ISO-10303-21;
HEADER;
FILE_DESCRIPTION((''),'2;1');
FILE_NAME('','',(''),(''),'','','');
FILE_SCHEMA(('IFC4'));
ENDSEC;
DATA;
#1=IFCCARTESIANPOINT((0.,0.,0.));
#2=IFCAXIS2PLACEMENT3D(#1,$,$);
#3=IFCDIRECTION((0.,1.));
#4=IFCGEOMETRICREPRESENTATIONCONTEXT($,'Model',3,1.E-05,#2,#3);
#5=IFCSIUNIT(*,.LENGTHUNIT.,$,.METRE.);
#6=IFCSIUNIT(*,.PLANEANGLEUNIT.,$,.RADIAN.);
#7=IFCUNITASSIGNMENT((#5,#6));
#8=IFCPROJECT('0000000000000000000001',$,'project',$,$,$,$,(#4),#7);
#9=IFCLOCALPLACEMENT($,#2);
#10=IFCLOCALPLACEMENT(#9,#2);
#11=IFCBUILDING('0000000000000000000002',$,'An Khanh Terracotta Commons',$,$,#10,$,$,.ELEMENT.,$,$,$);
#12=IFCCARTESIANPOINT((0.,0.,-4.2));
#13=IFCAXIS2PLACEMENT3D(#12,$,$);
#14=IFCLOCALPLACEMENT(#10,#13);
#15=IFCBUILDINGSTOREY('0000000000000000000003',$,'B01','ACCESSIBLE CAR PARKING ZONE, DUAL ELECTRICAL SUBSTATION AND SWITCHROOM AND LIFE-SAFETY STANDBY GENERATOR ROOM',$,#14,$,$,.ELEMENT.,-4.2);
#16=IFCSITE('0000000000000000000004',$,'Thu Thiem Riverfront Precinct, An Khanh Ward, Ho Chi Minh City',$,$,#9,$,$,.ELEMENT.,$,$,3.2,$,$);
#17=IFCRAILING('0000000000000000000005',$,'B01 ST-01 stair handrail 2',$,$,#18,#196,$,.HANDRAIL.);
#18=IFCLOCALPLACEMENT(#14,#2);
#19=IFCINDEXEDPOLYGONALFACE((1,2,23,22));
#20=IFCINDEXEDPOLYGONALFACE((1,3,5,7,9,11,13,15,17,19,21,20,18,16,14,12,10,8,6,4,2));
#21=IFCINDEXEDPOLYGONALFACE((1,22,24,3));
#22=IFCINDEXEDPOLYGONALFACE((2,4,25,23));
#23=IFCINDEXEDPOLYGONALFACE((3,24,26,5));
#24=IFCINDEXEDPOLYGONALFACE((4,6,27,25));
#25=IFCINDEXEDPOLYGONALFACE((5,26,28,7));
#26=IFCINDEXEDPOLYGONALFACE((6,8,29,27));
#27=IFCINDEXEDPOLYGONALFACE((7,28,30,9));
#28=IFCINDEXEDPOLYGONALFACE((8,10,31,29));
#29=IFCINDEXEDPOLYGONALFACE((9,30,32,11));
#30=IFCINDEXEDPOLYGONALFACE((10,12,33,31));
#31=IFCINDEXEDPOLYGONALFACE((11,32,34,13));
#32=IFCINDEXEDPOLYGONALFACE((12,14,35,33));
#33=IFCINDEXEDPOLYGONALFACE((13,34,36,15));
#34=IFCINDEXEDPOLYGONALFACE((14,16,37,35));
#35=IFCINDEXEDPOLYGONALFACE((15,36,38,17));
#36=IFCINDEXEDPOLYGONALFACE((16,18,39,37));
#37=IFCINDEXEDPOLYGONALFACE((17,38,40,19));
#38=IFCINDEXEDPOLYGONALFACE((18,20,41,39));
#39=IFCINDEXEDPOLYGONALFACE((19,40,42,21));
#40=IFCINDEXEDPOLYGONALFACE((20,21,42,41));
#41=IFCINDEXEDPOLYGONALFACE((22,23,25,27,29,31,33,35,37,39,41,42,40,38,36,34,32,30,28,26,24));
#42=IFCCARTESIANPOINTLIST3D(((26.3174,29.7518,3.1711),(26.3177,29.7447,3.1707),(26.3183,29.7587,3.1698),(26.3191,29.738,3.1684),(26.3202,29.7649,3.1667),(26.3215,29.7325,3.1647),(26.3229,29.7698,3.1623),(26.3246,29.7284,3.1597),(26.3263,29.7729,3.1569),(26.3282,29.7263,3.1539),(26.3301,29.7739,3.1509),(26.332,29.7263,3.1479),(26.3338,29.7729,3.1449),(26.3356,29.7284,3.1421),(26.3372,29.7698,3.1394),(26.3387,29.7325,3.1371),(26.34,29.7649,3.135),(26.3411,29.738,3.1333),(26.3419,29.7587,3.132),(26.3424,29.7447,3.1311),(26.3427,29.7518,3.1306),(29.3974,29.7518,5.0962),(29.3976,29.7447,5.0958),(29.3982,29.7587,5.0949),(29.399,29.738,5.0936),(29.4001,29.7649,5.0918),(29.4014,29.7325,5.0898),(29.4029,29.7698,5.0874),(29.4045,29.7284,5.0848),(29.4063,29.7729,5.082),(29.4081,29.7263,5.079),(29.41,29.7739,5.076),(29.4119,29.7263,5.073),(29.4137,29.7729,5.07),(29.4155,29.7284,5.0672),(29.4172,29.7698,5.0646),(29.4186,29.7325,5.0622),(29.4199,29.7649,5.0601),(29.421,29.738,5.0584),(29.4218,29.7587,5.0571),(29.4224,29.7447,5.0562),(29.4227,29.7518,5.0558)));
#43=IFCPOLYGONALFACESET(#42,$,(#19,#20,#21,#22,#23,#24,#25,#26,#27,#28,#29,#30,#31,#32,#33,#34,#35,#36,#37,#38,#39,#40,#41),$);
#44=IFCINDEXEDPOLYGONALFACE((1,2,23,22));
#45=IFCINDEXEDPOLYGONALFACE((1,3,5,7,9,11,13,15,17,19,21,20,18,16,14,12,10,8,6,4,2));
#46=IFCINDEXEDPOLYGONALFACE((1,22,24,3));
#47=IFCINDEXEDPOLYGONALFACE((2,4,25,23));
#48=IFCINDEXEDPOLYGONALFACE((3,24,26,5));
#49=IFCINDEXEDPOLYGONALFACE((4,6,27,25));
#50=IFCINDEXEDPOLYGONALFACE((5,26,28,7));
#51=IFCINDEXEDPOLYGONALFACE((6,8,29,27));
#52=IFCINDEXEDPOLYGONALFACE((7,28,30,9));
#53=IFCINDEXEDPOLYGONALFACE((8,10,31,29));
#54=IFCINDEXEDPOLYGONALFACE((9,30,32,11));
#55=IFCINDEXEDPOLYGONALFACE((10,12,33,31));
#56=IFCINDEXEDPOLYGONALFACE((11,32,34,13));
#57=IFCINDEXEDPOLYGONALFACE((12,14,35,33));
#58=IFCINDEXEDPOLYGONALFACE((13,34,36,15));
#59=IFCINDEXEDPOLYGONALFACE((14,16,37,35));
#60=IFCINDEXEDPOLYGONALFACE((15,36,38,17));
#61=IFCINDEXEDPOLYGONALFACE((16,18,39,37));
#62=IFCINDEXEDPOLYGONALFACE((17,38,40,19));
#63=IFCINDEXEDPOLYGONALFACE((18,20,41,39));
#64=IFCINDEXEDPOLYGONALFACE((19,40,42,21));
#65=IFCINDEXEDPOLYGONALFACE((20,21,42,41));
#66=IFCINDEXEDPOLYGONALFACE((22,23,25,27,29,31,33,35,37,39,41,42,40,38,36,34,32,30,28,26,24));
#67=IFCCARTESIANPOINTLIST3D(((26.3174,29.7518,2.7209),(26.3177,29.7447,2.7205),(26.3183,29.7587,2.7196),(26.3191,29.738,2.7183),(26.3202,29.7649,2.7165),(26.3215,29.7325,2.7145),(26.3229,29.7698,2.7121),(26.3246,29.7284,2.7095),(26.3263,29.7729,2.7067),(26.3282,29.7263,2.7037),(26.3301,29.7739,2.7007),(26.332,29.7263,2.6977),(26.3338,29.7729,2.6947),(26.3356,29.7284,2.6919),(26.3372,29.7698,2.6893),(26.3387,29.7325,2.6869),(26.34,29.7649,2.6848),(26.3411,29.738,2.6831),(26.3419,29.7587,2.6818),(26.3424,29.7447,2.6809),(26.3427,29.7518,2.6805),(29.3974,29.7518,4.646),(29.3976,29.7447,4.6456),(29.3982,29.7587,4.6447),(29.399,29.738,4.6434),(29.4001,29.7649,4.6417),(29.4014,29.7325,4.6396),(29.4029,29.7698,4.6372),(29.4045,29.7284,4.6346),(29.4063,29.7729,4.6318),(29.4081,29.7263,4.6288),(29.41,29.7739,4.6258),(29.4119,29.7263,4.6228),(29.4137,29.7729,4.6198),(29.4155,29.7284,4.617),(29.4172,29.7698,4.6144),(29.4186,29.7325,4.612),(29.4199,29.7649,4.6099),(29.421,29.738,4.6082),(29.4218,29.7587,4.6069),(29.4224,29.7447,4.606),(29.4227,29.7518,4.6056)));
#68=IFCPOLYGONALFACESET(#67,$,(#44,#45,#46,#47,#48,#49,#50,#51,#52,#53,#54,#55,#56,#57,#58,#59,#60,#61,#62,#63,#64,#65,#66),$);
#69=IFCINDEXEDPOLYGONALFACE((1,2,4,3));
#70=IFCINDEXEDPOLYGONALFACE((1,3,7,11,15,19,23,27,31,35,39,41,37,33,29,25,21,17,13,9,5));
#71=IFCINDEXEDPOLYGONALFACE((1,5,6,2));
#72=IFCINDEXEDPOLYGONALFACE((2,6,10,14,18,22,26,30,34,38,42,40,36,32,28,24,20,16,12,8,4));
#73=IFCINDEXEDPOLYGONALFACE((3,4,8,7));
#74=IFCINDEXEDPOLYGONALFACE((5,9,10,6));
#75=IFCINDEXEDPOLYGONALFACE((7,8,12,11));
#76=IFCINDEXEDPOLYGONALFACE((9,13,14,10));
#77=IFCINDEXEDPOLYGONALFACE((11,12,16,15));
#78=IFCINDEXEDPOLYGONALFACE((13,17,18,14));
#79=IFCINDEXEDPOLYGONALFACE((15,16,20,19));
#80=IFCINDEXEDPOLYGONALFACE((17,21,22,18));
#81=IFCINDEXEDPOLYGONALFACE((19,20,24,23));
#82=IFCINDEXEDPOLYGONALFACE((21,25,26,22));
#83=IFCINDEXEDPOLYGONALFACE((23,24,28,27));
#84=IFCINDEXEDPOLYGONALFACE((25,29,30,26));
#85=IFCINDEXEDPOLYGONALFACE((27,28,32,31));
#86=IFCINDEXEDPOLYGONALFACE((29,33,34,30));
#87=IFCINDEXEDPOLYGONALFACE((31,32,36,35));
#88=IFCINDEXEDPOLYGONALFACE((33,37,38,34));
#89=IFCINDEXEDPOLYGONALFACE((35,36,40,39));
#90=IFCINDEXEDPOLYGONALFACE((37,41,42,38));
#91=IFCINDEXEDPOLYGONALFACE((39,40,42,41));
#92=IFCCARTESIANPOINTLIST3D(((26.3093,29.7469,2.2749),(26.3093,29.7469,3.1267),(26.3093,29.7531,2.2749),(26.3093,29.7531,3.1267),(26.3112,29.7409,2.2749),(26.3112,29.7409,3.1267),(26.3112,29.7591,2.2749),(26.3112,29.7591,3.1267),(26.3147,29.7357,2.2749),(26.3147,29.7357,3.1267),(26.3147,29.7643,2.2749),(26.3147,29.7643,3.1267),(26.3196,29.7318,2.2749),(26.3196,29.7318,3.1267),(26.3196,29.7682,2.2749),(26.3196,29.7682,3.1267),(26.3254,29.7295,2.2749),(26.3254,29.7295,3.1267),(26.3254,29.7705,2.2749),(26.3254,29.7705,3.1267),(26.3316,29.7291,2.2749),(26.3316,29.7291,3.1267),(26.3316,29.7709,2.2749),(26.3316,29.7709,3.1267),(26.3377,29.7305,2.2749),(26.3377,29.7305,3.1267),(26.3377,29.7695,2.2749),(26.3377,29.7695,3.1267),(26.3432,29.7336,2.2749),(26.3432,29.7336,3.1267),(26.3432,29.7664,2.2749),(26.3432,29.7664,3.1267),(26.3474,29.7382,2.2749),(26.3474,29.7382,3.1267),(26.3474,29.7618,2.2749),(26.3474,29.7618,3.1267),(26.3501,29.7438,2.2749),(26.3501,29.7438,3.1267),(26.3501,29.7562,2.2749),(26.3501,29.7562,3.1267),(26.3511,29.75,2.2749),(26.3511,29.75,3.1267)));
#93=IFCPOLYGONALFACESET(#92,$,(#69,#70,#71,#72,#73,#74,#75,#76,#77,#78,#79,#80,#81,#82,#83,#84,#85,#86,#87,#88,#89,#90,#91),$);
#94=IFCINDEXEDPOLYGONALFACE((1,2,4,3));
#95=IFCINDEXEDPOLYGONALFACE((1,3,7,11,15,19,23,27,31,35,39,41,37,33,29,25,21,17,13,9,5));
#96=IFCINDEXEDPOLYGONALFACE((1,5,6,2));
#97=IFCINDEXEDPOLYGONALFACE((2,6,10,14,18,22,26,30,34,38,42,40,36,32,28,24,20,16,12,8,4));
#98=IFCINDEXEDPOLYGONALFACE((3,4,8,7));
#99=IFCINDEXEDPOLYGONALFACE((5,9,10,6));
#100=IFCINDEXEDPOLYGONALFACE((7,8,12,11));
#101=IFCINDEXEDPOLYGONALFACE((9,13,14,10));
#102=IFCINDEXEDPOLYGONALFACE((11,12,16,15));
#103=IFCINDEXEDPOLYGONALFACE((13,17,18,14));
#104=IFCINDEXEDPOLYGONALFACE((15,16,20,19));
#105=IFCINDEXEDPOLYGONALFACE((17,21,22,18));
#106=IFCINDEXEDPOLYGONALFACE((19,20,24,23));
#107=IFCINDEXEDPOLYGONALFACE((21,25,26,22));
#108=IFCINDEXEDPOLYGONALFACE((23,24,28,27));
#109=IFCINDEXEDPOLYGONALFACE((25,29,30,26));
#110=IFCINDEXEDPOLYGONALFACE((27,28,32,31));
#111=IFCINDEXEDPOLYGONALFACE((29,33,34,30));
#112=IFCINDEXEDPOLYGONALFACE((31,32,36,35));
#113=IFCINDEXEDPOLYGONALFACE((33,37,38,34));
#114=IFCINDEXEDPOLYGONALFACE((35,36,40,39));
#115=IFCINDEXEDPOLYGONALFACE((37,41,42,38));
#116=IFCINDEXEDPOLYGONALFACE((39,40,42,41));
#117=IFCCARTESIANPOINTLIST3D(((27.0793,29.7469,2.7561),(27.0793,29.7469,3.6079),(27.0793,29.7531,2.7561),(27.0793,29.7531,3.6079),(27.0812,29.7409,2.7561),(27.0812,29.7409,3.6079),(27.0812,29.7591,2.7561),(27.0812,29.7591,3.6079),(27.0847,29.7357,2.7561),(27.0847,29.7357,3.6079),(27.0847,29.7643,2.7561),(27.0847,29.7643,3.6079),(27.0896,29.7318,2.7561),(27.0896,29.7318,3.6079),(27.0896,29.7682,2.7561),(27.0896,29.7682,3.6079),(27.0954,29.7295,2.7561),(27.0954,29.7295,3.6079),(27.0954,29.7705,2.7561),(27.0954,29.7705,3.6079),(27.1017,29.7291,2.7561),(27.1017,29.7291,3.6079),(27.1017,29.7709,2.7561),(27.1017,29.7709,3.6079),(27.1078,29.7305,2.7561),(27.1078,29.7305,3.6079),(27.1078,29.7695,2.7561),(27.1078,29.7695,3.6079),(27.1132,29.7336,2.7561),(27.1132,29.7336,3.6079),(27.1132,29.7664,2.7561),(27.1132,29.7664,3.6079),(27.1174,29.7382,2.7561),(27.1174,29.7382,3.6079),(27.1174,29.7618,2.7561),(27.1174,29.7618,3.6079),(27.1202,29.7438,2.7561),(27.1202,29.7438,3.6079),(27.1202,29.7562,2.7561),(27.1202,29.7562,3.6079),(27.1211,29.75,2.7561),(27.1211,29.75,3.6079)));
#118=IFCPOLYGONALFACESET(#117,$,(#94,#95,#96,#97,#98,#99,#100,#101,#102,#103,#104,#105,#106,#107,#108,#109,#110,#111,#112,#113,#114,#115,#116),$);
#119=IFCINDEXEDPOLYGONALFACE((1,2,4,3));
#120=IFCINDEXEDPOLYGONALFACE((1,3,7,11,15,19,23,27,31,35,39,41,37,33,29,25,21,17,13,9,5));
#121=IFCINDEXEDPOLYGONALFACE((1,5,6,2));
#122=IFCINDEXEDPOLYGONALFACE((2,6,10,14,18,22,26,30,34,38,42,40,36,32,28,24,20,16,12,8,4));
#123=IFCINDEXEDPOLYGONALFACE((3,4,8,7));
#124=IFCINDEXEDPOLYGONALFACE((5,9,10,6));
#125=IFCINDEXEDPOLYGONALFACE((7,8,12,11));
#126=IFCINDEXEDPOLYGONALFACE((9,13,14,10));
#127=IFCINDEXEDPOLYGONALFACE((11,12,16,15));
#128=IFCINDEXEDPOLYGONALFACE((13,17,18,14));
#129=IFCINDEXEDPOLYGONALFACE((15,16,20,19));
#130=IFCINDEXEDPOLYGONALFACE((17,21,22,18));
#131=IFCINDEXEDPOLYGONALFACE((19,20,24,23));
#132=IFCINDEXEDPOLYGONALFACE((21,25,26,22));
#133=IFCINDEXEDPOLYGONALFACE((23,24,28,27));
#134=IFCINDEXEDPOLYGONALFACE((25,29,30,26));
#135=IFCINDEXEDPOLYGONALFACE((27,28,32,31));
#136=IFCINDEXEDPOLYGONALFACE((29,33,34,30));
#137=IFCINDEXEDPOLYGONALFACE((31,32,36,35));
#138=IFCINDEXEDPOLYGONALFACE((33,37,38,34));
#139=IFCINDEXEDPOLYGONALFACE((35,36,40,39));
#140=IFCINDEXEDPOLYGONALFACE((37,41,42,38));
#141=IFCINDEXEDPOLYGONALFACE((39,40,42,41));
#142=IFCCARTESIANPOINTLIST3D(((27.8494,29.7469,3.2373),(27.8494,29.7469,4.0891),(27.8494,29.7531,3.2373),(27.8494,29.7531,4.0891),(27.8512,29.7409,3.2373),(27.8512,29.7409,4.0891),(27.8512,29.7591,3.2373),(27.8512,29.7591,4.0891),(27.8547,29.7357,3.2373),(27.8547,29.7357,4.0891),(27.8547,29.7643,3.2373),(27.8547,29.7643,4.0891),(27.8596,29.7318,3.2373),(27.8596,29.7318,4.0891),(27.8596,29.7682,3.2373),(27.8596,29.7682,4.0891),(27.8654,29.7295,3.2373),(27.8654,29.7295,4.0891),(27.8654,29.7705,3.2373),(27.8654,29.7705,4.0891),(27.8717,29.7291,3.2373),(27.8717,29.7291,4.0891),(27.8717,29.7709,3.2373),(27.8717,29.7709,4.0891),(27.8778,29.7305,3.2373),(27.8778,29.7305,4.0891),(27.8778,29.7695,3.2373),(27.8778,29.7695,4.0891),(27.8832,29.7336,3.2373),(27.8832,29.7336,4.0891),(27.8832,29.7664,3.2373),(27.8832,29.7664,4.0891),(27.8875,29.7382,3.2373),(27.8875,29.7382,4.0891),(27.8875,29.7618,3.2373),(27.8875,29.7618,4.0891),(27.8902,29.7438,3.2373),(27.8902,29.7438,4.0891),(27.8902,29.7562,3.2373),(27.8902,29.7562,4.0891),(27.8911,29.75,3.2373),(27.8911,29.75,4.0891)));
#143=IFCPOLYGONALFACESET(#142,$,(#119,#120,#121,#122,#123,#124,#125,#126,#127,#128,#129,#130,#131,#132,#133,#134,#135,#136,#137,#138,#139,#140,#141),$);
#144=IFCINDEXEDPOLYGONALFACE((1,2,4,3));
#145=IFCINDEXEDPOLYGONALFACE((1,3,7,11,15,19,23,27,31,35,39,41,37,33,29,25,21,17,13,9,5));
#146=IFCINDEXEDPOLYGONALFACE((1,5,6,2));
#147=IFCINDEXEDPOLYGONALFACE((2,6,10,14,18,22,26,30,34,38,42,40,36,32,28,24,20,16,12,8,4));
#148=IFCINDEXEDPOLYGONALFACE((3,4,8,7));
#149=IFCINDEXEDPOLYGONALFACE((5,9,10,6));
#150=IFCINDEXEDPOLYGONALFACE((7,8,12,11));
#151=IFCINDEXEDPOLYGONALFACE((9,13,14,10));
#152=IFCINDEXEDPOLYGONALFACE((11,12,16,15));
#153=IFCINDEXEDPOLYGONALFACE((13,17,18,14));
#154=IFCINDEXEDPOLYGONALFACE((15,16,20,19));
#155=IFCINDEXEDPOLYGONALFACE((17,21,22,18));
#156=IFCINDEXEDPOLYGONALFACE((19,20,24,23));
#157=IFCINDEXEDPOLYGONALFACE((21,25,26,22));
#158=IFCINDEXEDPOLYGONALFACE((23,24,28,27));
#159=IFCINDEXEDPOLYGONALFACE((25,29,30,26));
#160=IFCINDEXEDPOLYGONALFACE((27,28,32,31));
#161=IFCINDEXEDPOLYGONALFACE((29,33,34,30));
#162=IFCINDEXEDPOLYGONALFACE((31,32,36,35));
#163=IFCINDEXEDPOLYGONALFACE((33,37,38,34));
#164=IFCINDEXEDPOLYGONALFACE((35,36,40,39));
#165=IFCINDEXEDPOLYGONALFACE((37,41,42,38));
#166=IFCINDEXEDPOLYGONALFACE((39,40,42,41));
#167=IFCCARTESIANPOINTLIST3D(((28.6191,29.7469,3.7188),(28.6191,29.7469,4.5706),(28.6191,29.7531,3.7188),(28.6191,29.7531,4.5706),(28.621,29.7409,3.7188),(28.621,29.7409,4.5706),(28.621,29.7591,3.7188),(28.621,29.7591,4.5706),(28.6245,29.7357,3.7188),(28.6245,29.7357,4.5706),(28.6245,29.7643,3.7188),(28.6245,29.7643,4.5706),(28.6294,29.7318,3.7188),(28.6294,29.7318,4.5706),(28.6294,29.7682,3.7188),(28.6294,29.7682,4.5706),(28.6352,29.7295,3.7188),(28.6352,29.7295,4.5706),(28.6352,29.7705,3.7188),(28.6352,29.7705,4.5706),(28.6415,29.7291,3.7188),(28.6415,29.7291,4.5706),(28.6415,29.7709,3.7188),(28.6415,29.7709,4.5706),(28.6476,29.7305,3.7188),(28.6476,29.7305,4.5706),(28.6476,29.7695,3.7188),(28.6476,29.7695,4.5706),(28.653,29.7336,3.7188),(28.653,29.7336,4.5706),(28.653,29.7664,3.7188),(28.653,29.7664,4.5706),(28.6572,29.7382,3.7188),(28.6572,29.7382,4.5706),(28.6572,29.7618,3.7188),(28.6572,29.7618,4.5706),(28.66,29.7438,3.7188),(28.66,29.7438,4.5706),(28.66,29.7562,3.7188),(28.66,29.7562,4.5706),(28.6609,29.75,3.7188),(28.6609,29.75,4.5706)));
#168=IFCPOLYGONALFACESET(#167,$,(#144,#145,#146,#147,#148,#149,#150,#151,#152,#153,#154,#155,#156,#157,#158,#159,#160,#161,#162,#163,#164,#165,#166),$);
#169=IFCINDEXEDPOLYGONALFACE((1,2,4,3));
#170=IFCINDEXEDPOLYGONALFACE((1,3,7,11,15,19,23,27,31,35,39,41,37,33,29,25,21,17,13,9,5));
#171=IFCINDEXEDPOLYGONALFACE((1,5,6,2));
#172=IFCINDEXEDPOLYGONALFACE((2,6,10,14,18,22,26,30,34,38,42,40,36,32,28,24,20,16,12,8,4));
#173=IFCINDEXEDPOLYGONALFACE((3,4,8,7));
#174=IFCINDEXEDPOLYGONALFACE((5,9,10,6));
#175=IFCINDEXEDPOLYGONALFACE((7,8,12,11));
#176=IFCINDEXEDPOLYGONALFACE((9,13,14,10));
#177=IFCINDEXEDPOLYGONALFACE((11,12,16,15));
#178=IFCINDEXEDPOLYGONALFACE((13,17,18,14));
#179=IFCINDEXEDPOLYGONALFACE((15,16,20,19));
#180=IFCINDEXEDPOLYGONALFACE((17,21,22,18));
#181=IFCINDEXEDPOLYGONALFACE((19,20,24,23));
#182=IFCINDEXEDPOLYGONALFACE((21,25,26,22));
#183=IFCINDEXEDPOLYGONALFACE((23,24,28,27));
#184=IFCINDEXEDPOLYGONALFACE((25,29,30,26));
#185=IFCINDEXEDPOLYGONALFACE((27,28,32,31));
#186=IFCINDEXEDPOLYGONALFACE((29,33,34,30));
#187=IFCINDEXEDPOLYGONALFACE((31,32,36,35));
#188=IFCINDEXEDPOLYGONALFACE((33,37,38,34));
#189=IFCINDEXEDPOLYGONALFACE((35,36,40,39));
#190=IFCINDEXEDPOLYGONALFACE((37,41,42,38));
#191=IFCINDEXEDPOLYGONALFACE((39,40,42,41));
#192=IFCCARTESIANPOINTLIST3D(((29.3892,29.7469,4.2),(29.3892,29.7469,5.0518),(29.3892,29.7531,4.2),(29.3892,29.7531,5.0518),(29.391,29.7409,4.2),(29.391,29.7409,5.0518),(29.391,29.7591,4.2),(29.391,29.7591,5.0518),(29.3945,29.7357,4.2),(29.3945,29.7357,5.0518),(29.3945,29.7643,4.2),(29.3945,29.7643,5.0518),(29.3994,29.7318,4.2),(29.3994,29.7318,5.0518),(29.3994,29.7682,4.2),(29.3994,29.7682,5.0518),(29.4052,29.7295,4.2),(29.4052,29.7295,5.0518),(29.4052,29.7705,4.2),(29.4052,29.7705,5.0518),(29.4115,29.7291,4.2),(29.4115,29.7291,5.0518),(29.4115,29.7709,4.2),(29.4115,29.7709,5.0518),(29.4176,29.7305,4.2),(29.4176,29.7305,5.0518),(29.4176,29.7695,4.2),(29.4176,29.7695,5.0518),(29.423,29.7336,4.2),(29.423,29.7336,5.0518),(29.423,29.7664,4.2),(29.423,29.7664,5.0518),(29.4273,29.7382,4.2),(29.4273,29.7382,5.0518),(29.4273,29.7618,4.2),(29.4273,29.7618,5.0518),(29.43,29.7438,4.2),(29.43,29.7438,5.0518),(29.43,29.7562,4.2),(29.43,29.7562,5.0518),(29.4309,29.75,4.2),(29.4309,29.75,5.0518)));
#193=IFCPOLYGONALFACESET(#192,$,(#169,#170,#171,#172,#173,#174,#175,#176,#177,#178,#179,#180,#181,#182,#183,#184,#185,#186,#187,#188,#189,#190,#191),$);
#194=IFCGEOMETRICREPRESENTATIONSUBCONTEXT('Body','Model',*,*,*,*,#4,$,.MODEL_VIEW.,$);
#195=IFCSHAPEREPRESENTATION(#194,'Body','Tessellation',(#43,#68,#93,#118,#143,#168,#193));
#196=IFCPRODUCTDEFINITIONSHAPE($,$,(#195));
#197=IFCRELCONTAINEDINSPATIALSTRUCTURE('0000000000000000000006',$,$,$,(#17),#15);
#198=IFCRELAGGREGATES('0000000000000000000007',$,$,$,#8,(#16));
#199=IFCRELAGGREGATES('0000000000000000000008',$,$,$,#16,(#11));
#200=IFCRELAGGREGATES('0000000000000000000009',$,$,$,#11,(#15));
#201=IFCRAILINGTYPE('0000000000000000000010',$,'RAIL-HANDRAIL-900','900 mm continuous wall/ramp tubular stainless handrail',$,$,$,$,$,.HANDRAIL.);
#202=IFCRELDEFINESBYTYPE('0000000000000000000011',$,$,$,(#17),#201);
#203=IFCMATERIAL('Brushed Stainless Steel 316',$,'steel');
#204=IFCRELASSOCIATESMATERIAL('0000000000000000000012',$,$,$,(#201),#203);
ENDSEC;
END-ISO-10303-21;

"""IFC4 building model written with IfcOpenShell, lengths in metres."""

from ifc_helpers import new_model, si_unit, direction, frame, origin, origin_2d, place, context, subcontext, project, spatial, circle, extrude, material, type_object, element, save


model = new_model("IFC4")

# Units and contexts
model_context = context("Model", 3, precision=1e-05, world=origin(), true_north=direction((0.0, 1.0)))
body_context = subcontext(model_context, "Body", "Model", "MODEL_VIEW")
ifc_project = project(units=[si_unit("LENGTHUNIT", "METRE"), si_unit("PLANEANGLEUNIT", "RADIAN")], contexts=[model_context])

# Site, building, storey
site_placement = place(None, origin())
site = spatial("IfcSite", under=ifc_project, at=site_placement, Name="Thu Thiem Riverfront Precinct, An Khanh Ward, Ho Chi Minh City", CompositionType="ELEMENT", RefElevation=3.2)
building_placement = place(site_placement, origin())
building = spatial("IfcBuilding", under=site, at=building_placement, Name="An Khanh Terracotta Commons", CompositionType="ELEMENT")
storey_placement = place(building_placement, frame((0.0, 0.0, -4.2)))
storey = spatial("IfcBuildingStorey", under=building, at=storey_placement, Name="B01", Description="ACCESSIBLE CAR PARKING ZONE, DUAL ELECTRICAL SUBSTATION AND SWITCHROOM AND LIFE-SAFETY STANDBY GENERATOR ROOM", CompositionType="ELEMENT", Elevation=-4.2)

# Railing
ifc_material_1 = material(Name="Brushed Stainless Steel 316", Category="steel")
railing_type_1 = type_object("IfcRailingType", Name="RAIL-HANDRAIL-900", Description="900 mm continuous wall/ramp tubular stainless handrail", PredefinedType="HANDRAIL", material=ifc_material_1)
railing_1_placement = place(storey_placement, frame((26.3301, 29.75, 2.2749)))
element("IfcRailing", 1, at=railing_1_placement, inside=storey, type_object=railing_type_1, Name="B01 ST-01 stair handrail 2", PredefinedType="HANDRAIL", context=body_context, shape_type="SweptSolid", body=[
    extrude(circle(Radius=0.0239, at=origin_2d()), frame((0.0, 0.0, 0.876), z_axis=(0.847979, 0.0, 0.530029), x_axis=(0.0, 1.0, 0.0)), (0.0, 0.0, 1.0), 3.6321),
    extrude(circle(Radius=0.0239, at=origin_2d()), frame((0.0, 0.0, 0.4258), z_axis=(0.847979, 0.0, 0.530029), x_axis=(0.0, 1.0, 0.0)), (0.0, 0.0, 1.0), 3.6321),
    extrude(circle(Radius=0.021, at=origin_2d()), origin(), (0.0, 0.0, 1.0), 0.8518),
    extrude(circle(Radius=0.021, at=origin_2d()), frame((0.77, 0.0, 0.4812)), (0.0, 0.0, 1.0), 0.8518),
    extrude(circle(Radius=0.021, at=origin_2d()), frame((1.54, 0.0, 0.9624)), (0.0, 0.0, 1.0), 0.8518),
    extrude(circle(Radius=0.021, at=origin_2d()), frame((2.3098, 0.0, 1.4438)), (0.0, 0.0, 1.0), 0.8518),
    extrude(circle(Radius=0.021, at=origin_2d()), frame((3.0798, 0.0, 1.925)), (0.0, 0.0, 1.0), 0.8518),
])

save(model, "model.ifc")
